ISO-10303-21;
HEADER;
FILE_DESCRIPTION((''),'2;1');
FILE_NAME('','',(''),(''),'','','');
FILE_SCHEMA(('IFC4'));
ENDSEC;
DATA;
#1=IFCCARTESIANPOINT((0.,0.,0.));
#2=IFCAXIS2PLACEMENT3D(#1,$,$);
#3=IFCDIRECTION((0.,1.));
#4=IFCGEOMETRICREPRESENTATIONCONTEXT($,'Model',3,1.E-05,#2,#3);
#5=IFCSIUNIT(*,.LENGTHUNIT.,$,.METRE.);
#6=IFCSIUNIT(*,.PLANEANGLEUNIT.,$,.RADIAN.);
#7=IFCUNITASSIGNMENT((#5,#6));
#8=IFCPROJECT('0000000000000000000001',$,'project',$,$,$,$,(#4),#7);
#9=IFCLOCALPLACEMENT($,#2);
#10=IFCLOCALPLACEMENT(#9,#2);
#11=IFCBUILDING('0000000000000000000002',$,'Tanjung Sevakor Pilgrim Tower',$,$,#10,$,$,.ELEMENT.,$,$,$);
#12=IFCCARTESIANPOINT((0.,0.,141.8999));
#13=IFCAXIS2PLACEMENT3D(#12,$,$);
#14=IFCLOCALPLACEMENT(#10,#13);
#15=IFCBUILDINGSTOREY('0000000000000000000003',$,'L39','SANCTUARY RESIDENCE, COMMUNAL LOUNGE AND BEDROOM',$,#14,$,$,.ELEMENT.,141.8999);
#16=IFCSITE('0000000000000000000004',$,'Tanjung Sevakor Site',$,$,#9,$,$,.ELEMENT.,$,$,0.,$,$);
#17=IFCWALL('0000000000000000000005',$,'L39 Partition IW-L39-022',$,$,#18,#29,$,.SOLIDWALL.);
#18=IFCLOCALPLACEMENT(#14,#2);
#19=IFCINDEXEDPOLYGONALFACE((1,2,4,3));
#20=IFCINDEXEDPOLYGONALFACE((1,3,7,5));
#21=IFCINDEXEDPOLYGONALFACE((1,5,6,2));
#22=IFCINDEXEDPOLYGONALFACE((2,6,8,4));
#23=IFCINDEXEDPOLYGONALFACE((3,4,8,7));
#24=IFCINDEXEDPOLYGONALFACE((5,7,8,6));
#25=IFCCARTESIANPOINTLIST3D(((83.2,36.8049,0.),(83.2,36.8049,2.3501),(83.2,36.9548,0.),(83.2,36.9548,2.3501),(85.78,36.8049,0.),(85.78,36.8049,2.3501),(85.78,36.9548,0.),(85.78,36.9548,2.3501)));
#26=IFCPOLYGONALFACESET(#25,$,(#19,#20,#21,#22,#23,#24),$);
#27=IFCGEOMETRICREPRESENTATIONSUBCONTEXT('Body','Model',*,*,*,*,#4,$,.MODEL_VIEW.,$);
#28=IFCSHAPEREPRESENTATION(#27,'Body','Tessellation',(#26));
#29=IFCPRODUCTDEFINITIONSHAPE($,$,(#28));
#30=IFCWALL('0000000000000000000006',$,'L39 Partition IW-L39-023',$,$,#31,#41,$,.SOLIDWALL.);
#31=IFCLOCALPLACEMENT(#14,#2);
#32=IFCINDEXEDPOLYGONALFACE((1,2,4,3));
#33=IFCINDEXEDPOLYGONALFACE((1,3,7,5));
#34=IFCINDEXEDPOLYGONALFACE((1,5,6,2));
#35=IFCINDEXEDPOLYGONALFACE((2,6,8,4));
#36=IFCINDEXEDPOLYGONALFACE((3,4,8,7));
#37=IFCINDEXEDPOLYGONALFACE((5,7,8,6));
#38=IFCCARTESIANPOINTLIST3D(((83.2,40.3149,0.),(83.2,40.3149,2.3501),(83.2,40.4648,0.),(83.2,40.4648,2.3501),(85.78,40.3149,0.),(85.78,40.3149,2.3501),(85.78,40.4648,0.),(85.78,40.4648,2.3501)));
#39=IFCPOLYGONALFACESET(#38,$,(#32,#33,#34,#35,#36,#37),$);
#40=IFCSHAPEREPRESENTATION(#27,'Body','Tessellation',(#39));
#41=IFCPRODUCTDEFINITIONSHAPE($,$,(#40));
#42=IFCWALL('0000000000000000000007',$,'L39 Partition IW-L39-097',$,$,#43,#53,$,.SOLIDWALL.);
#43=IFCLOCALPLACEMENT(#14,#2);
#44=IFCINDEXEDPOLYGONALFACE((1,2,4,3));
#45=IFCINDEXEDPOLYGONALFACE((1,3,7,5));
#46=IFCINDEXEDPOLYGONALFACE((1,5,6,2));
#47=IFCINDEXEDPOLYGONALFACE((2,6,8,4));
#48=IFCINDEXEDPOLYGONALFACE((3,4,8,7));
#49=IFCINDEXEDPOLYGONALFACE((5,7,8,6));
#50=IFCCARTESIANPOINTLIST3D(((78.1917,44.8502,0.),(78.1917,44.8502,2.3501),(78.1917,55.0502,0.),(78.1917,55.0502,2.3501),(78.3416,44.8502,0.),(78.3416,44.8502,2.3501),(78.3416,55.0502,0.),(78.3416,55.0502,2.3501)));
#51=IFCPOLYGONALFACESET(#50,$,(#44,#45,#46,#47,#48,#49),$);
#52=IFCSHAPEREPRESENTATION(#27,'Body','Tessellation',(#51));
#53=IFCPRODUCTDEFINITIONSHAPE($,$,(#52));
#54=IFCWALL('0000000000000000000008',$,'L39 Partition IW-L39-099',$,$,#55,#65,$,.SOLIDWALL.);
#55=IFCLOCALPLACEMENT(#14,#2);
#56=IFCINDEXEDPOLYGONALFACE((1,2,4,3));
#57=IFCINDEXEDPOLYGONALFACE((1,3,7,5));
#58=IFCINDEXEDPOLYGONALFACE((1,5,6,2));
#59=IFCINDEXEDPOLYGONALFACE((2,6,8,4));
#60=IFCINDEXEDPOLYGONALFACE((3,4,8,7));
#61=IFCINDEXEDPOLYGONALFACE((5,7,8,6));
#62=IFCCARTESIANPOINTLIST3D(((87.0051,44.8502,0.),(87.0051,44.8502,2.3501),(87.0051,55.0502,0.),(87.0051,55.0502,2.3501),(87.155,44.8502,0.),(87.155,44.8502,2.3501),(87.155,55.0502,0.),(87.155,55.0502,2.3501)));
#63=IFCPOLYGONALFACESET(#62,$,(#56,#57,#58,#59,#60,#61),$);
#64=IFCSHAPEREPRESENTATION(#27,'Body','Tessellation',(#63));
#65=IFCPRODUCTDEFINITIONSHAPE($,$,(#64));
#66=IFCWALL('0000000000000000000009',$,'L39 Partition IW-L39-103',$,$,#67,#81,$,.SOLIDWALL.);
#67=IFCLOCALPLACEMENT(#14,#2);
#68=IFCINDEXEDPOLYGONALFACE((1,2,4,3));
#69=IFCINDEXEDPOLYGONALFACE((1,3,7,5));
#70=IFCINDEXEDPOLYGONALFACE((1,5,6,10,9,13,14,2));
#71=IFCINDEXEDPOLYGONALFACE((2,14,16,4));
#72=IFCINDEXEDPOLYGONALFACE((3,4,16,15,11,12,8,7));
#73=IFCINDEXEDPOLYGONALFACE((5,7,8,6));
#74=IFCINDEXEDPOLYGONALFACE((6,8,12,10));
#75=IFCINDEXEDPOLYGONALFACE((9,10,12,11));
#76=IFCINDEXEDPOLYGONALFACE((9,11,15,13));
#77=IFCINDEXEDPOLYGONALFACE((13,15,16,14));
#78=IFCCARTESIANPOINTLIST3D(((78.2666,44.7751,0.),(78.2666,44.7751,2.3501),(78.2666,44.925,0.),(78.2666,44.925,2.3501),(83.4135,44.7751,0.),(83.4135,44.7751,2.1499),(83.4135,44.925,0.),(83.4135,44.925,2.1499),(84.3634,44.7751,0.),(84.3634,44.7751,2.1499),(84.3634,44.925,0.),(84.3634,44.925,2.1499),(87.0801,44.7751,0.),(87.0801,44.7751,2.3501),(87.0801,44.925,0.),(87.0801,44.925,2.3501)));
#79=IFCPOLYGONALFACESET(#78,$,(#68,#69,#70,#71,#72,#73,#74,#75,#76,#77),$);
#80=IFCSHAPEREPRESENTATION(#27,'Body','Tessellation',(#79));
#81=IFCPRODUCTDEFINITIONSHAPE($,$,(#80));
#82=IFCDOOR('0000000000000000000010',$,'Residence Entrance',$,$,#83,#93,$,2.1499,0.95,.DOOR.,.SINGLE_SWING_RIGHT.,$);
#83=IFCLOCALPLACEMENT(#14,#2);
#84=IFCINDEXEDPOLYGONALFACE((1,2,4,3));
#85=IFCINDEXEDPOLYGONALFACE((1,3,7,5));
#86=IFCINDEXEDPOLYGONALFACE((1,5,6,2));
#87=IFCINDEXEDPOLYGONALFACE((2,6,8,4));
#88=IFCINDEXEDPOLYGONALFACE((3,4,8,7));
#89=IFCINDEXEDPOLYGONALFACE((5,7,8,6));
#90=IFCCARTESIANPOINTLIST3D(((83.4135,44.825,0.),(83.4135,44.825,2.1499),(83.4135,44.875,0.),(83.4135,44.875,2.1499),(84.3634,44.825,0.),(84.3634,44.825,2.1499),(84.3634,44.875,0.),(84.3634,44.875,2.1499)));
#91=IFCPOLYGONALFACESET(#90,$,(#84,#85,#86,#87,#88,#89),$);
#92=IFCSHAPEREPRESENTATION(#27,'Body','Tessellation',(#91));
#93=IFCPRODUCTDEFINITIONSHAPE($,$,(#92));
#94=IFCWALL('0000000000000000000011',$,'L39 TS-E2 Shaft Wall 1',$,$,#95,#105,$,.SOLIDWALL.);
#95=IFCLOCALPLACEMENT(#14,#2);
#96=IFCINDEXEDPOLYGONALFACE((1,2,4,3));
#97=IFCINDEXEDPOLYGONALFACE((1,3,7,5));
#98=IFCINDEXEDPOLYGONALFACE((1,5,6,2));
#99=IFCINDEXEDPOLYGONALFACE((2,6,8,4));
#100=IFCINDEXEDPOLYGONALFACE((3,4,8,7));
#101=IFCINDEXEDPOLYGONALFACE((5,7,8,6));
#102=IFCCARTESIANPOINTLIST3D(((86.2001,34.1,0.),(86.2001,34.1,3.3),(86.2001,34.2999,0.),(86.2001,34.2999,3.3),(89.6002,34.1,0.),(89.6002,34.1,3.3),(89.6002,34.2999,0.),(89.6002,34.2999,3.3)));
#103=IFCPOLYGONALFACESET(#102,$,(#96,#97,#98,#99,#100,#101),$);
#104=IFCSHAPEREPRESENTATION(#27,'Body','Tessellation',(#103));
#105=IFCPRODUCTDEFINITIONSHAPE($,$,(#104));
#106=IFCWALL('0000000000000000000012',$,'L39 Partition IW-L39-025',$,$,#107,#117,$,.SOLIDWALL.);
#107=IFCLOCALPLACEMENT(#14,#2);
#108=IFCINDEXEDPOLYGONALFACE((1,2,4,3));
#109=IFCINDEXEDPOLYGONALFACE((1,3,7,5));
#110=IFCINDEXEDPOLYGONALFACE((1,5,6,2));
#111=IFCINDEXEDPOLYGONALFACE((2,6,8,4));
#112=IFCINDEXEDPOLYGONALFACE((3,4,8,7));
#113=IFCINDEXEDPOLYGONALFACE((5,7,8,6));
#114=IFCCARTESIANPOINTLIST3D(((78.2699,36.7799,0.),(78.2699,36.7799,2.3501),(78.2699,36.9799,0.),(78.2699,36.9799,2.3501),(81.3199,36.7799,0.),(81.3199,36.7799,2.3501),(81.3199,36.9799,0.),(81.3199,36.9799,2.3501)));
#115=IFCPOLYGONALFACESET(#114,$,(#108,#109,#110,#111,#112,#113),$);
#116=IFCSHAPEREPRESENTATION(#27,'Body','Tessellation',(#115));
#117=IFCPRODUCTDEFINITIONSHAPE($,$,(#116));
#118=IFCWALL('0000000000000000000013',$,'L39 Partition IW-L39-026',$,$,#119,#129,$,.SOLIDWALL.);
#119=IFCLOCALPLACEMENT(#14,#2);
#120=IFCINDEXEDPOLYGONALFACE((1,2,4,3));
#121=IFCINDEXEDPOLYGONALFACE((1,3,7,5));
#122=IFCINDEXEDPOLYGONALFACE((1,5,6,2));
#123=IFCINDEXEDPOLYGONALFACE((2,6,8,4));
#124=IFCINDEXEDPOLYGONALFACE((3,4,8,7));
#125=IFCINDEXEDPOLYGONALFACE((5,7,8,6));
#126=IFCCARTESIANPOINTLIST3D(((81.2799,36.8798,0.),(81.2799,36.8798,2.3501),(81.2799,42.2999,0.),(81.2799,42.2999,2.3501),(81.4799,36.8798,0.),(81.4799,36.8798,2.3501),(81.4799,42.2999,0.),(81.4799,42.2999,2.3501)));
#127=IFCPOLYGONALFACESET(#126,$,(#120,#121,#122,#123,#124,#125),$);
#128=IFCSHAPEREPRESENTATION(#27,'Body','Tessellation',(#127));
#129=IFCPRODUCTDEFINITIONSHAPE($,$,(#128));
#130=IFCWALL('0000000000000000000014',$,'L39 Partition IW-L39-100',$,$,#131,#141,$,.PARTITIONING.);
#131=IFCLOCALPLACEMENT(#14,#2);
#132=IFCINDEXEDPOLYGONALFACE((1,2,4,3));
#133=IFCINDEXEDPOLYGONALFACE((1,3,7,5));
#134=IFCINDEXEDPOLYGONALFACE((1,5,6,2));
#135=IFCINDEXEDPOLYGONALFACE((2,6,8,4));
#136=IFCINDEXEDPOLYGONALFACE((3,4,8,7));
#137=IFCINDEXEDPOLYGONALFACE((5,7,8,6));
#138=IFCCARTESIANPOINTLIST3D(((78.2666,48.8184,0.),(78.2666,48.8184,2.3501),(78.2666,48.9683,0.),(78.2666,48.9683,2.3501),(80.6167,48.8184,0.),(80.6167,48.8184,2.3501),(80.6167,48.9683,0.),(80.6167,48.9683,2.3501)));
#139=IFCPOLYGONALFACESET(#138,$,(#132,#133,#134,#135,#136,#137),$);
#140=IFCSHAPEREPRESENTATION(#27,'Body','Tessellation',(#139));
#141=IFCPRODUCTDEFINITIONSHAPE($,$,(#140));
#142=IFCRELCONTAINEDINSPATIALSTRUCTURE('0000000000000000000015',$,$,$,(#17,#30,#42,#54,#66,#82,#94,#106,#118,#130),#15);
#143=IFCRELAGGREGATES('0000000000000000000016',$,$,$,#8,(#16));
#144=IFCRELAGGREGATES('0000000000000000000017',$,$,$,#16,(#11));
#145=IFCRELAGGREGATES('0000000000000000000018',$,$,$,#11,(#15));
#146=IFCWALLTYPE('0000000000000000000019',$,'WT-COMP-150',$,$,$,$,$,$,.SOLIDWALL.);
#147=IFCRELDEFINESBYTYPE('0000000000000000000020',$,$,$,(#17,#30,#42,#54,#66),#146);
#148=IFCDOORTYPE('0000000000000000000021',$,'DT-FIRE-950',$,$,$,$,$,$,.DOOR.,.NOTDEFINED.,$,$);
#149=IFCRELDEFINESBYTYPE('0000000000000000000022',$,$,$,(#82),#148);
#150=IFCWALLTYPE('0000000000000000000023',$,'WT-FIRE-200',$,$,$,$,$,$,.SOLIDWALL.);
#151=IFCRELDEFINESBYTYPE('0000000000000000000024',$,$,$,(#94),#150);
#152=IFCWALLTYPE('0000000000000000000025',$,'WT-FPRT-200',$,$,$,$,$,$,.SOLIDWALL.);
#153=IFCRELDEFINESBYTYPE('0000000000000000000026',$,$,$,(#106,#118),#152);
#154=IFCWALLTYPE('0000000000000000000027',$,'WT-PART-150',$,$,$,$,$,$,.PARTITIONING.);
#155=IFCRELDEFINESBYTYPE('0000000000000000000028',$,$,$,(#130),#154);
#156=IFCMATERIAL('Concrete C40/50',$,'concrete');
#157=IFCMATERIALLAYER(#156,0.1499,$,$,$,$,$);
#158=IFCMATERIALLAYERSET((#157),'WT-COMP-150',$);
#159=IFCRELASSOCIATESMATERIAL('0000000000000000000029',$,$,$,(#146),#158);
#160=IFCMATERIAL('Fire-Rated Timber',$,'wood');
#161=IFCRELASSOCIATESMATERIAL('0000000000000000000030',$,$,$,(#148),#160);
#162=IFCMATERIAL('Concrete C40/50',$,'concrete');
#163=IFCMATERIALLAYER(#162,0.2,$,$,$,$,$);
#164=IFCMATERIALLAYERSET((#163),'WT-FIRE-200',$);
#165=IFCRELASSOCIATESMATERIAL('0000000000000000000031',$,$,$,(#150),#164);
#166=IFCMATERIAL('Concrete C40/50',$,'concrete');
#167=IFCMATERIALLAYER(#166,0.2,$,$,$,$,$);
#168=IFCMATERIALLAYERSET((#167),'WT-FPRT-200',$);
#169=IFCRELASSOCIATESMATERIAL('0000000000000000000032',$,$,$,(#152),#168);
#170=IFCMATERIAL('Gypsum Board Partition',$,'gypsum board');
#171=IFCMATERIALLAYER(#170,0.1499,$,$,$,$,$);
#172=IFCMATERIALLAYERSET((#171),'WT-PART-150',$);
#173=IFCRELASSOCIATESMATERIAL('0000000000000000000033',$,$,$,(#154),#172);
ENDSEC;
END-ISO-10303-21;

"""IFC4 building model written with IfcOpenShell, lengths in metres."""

from ifc_helpers import new_model, si_unit, direction, frame, frame_2d, origin, place, context, subcontext, project, spatial, rectangle, extrude, material, layer, layer_set, type_object, element, fill, save


model = new_model("IFC4")

# Units and contexts
model_context = context("Model", 3, precision=1e-05, world=origin(), true_north=direction((0.0, 1.0)))
body_context = subcontext(model_context, "Body", "Model", "MODEL_VIEW")
ifc_project = project(units=[si_unit("LENGTHUNIT", "METRE"), si_unit("PLANEANGLEUNIT", "RADIAN")], contexts=[model_context])

# Site, building, storey
site_placement = place(None, origin())
site = spatial("IfcSite", under=ifc_project, at=site_placement, Name="Tanjung Sevakor Site", CompositionType="ELEMENT", RefElevation=0.0)
building_placement = place(site_placement, origin())
building = spatial("IfcBuilding", under=site, at=building_placement, Name="Tanjung Sevakor Pilgrim Tower", CompositionType="ELEMENT")
storey_placement = place(building_placement, frame((0.0, 0.0, 141.8999)))
storey = spatial("IfcBuildingStorey", under=building, at=storey_placement, Name="L39", Description="SANCTUARY RESIDENCE, COMMUNAL LOUNGE AND BEDROOM", CompositionType="ELEMENT", Elevation=141.8999)

# Walls
ifc_material_1 = material(Name="Concrete C40/50", Category="concrete")
ifc_layer_1 = layer(ifc_material_1, 0.1499)
ifc_layer_set_1 = layer_set([ifc_layer_1], Name="WT-COMP-150")
wall_type_1 = type_object("IfcWallType", Name="WT-COMP-150", PredefinedType="SOLIDWALL", material=ifc_layer_set_1)
for number, where, z_axis, x_axis, name in (
    (1, (83.2, 36.8799, 0.0), (0.0, 0.0, 1.0), (1.0, 0.0, 0.0), "L39 Partition IW-L39-022"),
    (2, (83.2, 40.3899, 0.0), (0.0, 0.0, 1.0), (1.0, 0.0, 0.0), "L39 Partition IW-L39-023"),
):
    element("IfcWall", number, at=place(storey_placement, frame(where, z_axis=z_axis, x_axis=x_axis)), inside=storey, type_object=wall_type_1, Name=name, PredefinedType="SOLIDWALL", context=body_context, shape_type="SweptSolid", body=[
        extrude(rectangle(XDim=2.5801, YDim=0.1499, at=frame_2d((1.29, 0.0))), origin(), (0.0, 0.0, 1.0), 2.3501),
    ])

# Shared definitions
ifc_material_2 = material(Name="Fire-Rated Timber", Category="wood")
door_type_1 = type_object("IfcDoorType", Name="DT-FIRE-950", OperationType="NOTDEFINED", PredefinedType="DOOR", material=ifc_material_2)

# Walls
for number, where, z_axis, x_axis, name in (
    (3, (78.2666, 44.8501, 0.0), (0.0, 0.0, 1.0), (0.0, 1.0, 0.0), "L39 Partition IW-L39-097"),
    (4, (87.0801, 44.8501, 0.0), (0.0, 0.0, 1.0), (0.0, 1.0, 0.0), "L39 Partition IW-L39-099"),
):
    element("IfcWall", number, at=place(storey_placement, frame(where, z_axis=z_axis, x_axis=x_axis)), inside=storey, type_object=wall_type_1, Name=name, PredefinedType="SOLIDWALL", context=body_context, shape_type="SweptSolid", body=[
        extrude(rectangle(XDim=10.2, YDim=0.1499, at=frame_2d((5.1001, 0.0))), origin(), (0.0, 0.0, 1.0), 2.3501),
    ])

# Wall, opening, door
wall_1_placement = place(storey_placement, frame((78.2666, 44.8501, 0.0), z_axis=(0.0, 0.0, 1.0), x_axis=(1.0, 0.0, 0.0)))
wall_1 = element("IfcWall", 5, at=wall_1_placement, inside=storey, type_object=wall_type_1, Name="L39 Partition IW-L39-103", PredefinedType="SOLIDWALL", context=body_context, shape_type="SweptSolid", body=[
    extrude(rectangle(XDim=8.8135, YDim=0.1499, at=frame_2d((4.4067, 0.0))), origin(), (0.0, 0.0, 1.0), 2.3501),
])
opening_1_placement = place(wall_1_placement, frame((5.1467, 0.0, 0.0)))
opening_1 = element("IfcOpeningElement", 6, at=opening_1_placement, cuts=wall_1, PredefinedType="OPENING", context=body_context, shape_type="SweptSolid", body=[
    extrude(rectangle(XDim=0.95, YDim=2.1499, at=frame_2d((0.4751, 1.075))), frame((0.0, 0.085, 0.0), z_axis=(0.0, -1.0, 0.0), x_axis=(1.0, 0.0, 0.0)), (0.0, 0.0, 1.0), 0.1699),
])
door_1_placement = place(opening_1_placement, origin())
door_1 = element("IfcDoor", 7, at=door_1_placement, inside=storey, type_object=door_type_1, Name="Residence Entrance", OperationType="SINGLE_SWING_RIGHT", OverallHeight=2.1499, OverallWidth=0.95, PredefinedType="DOOR", context=body_context, shape_type="SweptSolid", body=[
    extrude(rectangle(XDim=0.95, YDim=2.1499, at=frame_2d((0.4751, 1.075))), frame((0.0, 0.0249, 0.0), z_axis=(0.0, -1.0, 0.0), x_axis=(1.0, 0.0, 0.0)), (0.0, 0.0, 1.0), 0.05),
])
fill(opening_1, door_1)

# Walls
ifc_material_3 = material(Name="Concrete C40/50", Category="concrete")
ifc_layer_2 = layer(ifc_material_3, 0.2)
ifc_layer_set_2 = layer_set([ifc_layer_2], Name="WT-FIRE-200")
wall_type_2 = type_object("IfcWallType", Name="WT-FIRE-200", PredefinedType="SOLIDWALL", material=ifc_layer_set_2)
wall_2_placement = place(storey_placement, frame((86.2, 34.2, 0.0), z_axis=(0.0, 0.0, 1.0), x_axis=(1.0, 0.0, 0.0)))
element("IfcWall", 8, at=wall_2_placement, inside=storey, type_object=wall_type_2, Name="L39 TS-E2 Shaft Wall 1", PredefinedType="SOLIDWALL", context=body_context, shape_type="SweptSolid", body=[
    extrude(rectangle(XDim=3.4001, YDim=0.2, at=frame_2d((1.7002, 0.0))), origin(), (0.0, 0.0, 1.0), 3.3),
])
ifc_material_4 = material(Name="Concrete C40/50", Category="concrete")
ifc_layer_3 = layer(ifc_material_4, 0.2)
ifc_layer_set_3 = layer_set([ifc_layer_3], Name="WT-FPRT-200")
wall_type_3 = type_object("IfcWallType", Name="WT-FPRT-200", PredefinedType="SOLIDWALL", material=ifc_layer_set_3)
wall_3_placement = place(storey_placement, frame((78.27, 36.8799, 0.0), z_axis=(0.0, 0.0, 1.0), x_axis=(1.0, 0.0, 0.0)))
element("IfcWall", 9, at=wall_3_placement, inside=storey, type_object=wall_type_3, Name="L39 Partition IW-L39-025", PredefinedType="SOLIDWALL", context=body_context, shape_type="SweptSolid", body=[
    extrude(rectangle(XDim=3.05, YDim=0.2, at=frame_2d((1.5249, 0.0))), origin(), (0.0, 0.0, 1.0), 2.3501),
])
wall_4_placement = place(storey_placement, frame((81.3799, 36.8799, 0.0), z_axis=(0.0, 0.0, 1.0), x_axis=(0.0, 1.0, 0.0)))
element("IfcWall", 10, at=wall_4_placement, inside=storey, type_object=wall_type_3, Name="L39 Partition IW-L39-026", PredefinedType="SOLIDWALL", context=body_context, shape_type="SweptSolid", body=[
    extrude(rectangle(XDim=5.4202, YDim=0.2, at=frame_2d((2.71, 0.0))), origin(), (0.0, 0.0, 1.0), 2.3501),
])
ifc_material_5 = material(Name="Gypsum Board Partition", Category="gypsum board")
ifc_layer_4 = layer(ifc_material_5, 0.1499)
ifc_layer_set_4 = layer_set([ifc_layer_4], Name="WT-PART-150")
wall_type_4 = type_object("IfcWallType", Name="WT-PART-150", PredefinedType="PARTITIONING", material=ifc_layer_set_4)
wall_5_placement = place(storey_placement, frame((78.2666, 48.8933, 0.0), z_axis=(0.0, 0.0, 1.0), x_axis=(1.0, 0.0, 0.0)))
element("IfcWall", 11, at=wall_5_placement, inside=storey, type_object=wall_type_4, Name="L39 Partition IW-L39-100", PredefinedType="PARTITIONING", context=body_context, shape_type="SweptSolid", body=[
    extrude(rectangle(XDim=2.3501, YDim=0.1499, at=frame_2d((1.175, 0.0))), origin(), (0.0, 0.0, 1.0), 2.3501),
])

save(model, "model.ifc")
